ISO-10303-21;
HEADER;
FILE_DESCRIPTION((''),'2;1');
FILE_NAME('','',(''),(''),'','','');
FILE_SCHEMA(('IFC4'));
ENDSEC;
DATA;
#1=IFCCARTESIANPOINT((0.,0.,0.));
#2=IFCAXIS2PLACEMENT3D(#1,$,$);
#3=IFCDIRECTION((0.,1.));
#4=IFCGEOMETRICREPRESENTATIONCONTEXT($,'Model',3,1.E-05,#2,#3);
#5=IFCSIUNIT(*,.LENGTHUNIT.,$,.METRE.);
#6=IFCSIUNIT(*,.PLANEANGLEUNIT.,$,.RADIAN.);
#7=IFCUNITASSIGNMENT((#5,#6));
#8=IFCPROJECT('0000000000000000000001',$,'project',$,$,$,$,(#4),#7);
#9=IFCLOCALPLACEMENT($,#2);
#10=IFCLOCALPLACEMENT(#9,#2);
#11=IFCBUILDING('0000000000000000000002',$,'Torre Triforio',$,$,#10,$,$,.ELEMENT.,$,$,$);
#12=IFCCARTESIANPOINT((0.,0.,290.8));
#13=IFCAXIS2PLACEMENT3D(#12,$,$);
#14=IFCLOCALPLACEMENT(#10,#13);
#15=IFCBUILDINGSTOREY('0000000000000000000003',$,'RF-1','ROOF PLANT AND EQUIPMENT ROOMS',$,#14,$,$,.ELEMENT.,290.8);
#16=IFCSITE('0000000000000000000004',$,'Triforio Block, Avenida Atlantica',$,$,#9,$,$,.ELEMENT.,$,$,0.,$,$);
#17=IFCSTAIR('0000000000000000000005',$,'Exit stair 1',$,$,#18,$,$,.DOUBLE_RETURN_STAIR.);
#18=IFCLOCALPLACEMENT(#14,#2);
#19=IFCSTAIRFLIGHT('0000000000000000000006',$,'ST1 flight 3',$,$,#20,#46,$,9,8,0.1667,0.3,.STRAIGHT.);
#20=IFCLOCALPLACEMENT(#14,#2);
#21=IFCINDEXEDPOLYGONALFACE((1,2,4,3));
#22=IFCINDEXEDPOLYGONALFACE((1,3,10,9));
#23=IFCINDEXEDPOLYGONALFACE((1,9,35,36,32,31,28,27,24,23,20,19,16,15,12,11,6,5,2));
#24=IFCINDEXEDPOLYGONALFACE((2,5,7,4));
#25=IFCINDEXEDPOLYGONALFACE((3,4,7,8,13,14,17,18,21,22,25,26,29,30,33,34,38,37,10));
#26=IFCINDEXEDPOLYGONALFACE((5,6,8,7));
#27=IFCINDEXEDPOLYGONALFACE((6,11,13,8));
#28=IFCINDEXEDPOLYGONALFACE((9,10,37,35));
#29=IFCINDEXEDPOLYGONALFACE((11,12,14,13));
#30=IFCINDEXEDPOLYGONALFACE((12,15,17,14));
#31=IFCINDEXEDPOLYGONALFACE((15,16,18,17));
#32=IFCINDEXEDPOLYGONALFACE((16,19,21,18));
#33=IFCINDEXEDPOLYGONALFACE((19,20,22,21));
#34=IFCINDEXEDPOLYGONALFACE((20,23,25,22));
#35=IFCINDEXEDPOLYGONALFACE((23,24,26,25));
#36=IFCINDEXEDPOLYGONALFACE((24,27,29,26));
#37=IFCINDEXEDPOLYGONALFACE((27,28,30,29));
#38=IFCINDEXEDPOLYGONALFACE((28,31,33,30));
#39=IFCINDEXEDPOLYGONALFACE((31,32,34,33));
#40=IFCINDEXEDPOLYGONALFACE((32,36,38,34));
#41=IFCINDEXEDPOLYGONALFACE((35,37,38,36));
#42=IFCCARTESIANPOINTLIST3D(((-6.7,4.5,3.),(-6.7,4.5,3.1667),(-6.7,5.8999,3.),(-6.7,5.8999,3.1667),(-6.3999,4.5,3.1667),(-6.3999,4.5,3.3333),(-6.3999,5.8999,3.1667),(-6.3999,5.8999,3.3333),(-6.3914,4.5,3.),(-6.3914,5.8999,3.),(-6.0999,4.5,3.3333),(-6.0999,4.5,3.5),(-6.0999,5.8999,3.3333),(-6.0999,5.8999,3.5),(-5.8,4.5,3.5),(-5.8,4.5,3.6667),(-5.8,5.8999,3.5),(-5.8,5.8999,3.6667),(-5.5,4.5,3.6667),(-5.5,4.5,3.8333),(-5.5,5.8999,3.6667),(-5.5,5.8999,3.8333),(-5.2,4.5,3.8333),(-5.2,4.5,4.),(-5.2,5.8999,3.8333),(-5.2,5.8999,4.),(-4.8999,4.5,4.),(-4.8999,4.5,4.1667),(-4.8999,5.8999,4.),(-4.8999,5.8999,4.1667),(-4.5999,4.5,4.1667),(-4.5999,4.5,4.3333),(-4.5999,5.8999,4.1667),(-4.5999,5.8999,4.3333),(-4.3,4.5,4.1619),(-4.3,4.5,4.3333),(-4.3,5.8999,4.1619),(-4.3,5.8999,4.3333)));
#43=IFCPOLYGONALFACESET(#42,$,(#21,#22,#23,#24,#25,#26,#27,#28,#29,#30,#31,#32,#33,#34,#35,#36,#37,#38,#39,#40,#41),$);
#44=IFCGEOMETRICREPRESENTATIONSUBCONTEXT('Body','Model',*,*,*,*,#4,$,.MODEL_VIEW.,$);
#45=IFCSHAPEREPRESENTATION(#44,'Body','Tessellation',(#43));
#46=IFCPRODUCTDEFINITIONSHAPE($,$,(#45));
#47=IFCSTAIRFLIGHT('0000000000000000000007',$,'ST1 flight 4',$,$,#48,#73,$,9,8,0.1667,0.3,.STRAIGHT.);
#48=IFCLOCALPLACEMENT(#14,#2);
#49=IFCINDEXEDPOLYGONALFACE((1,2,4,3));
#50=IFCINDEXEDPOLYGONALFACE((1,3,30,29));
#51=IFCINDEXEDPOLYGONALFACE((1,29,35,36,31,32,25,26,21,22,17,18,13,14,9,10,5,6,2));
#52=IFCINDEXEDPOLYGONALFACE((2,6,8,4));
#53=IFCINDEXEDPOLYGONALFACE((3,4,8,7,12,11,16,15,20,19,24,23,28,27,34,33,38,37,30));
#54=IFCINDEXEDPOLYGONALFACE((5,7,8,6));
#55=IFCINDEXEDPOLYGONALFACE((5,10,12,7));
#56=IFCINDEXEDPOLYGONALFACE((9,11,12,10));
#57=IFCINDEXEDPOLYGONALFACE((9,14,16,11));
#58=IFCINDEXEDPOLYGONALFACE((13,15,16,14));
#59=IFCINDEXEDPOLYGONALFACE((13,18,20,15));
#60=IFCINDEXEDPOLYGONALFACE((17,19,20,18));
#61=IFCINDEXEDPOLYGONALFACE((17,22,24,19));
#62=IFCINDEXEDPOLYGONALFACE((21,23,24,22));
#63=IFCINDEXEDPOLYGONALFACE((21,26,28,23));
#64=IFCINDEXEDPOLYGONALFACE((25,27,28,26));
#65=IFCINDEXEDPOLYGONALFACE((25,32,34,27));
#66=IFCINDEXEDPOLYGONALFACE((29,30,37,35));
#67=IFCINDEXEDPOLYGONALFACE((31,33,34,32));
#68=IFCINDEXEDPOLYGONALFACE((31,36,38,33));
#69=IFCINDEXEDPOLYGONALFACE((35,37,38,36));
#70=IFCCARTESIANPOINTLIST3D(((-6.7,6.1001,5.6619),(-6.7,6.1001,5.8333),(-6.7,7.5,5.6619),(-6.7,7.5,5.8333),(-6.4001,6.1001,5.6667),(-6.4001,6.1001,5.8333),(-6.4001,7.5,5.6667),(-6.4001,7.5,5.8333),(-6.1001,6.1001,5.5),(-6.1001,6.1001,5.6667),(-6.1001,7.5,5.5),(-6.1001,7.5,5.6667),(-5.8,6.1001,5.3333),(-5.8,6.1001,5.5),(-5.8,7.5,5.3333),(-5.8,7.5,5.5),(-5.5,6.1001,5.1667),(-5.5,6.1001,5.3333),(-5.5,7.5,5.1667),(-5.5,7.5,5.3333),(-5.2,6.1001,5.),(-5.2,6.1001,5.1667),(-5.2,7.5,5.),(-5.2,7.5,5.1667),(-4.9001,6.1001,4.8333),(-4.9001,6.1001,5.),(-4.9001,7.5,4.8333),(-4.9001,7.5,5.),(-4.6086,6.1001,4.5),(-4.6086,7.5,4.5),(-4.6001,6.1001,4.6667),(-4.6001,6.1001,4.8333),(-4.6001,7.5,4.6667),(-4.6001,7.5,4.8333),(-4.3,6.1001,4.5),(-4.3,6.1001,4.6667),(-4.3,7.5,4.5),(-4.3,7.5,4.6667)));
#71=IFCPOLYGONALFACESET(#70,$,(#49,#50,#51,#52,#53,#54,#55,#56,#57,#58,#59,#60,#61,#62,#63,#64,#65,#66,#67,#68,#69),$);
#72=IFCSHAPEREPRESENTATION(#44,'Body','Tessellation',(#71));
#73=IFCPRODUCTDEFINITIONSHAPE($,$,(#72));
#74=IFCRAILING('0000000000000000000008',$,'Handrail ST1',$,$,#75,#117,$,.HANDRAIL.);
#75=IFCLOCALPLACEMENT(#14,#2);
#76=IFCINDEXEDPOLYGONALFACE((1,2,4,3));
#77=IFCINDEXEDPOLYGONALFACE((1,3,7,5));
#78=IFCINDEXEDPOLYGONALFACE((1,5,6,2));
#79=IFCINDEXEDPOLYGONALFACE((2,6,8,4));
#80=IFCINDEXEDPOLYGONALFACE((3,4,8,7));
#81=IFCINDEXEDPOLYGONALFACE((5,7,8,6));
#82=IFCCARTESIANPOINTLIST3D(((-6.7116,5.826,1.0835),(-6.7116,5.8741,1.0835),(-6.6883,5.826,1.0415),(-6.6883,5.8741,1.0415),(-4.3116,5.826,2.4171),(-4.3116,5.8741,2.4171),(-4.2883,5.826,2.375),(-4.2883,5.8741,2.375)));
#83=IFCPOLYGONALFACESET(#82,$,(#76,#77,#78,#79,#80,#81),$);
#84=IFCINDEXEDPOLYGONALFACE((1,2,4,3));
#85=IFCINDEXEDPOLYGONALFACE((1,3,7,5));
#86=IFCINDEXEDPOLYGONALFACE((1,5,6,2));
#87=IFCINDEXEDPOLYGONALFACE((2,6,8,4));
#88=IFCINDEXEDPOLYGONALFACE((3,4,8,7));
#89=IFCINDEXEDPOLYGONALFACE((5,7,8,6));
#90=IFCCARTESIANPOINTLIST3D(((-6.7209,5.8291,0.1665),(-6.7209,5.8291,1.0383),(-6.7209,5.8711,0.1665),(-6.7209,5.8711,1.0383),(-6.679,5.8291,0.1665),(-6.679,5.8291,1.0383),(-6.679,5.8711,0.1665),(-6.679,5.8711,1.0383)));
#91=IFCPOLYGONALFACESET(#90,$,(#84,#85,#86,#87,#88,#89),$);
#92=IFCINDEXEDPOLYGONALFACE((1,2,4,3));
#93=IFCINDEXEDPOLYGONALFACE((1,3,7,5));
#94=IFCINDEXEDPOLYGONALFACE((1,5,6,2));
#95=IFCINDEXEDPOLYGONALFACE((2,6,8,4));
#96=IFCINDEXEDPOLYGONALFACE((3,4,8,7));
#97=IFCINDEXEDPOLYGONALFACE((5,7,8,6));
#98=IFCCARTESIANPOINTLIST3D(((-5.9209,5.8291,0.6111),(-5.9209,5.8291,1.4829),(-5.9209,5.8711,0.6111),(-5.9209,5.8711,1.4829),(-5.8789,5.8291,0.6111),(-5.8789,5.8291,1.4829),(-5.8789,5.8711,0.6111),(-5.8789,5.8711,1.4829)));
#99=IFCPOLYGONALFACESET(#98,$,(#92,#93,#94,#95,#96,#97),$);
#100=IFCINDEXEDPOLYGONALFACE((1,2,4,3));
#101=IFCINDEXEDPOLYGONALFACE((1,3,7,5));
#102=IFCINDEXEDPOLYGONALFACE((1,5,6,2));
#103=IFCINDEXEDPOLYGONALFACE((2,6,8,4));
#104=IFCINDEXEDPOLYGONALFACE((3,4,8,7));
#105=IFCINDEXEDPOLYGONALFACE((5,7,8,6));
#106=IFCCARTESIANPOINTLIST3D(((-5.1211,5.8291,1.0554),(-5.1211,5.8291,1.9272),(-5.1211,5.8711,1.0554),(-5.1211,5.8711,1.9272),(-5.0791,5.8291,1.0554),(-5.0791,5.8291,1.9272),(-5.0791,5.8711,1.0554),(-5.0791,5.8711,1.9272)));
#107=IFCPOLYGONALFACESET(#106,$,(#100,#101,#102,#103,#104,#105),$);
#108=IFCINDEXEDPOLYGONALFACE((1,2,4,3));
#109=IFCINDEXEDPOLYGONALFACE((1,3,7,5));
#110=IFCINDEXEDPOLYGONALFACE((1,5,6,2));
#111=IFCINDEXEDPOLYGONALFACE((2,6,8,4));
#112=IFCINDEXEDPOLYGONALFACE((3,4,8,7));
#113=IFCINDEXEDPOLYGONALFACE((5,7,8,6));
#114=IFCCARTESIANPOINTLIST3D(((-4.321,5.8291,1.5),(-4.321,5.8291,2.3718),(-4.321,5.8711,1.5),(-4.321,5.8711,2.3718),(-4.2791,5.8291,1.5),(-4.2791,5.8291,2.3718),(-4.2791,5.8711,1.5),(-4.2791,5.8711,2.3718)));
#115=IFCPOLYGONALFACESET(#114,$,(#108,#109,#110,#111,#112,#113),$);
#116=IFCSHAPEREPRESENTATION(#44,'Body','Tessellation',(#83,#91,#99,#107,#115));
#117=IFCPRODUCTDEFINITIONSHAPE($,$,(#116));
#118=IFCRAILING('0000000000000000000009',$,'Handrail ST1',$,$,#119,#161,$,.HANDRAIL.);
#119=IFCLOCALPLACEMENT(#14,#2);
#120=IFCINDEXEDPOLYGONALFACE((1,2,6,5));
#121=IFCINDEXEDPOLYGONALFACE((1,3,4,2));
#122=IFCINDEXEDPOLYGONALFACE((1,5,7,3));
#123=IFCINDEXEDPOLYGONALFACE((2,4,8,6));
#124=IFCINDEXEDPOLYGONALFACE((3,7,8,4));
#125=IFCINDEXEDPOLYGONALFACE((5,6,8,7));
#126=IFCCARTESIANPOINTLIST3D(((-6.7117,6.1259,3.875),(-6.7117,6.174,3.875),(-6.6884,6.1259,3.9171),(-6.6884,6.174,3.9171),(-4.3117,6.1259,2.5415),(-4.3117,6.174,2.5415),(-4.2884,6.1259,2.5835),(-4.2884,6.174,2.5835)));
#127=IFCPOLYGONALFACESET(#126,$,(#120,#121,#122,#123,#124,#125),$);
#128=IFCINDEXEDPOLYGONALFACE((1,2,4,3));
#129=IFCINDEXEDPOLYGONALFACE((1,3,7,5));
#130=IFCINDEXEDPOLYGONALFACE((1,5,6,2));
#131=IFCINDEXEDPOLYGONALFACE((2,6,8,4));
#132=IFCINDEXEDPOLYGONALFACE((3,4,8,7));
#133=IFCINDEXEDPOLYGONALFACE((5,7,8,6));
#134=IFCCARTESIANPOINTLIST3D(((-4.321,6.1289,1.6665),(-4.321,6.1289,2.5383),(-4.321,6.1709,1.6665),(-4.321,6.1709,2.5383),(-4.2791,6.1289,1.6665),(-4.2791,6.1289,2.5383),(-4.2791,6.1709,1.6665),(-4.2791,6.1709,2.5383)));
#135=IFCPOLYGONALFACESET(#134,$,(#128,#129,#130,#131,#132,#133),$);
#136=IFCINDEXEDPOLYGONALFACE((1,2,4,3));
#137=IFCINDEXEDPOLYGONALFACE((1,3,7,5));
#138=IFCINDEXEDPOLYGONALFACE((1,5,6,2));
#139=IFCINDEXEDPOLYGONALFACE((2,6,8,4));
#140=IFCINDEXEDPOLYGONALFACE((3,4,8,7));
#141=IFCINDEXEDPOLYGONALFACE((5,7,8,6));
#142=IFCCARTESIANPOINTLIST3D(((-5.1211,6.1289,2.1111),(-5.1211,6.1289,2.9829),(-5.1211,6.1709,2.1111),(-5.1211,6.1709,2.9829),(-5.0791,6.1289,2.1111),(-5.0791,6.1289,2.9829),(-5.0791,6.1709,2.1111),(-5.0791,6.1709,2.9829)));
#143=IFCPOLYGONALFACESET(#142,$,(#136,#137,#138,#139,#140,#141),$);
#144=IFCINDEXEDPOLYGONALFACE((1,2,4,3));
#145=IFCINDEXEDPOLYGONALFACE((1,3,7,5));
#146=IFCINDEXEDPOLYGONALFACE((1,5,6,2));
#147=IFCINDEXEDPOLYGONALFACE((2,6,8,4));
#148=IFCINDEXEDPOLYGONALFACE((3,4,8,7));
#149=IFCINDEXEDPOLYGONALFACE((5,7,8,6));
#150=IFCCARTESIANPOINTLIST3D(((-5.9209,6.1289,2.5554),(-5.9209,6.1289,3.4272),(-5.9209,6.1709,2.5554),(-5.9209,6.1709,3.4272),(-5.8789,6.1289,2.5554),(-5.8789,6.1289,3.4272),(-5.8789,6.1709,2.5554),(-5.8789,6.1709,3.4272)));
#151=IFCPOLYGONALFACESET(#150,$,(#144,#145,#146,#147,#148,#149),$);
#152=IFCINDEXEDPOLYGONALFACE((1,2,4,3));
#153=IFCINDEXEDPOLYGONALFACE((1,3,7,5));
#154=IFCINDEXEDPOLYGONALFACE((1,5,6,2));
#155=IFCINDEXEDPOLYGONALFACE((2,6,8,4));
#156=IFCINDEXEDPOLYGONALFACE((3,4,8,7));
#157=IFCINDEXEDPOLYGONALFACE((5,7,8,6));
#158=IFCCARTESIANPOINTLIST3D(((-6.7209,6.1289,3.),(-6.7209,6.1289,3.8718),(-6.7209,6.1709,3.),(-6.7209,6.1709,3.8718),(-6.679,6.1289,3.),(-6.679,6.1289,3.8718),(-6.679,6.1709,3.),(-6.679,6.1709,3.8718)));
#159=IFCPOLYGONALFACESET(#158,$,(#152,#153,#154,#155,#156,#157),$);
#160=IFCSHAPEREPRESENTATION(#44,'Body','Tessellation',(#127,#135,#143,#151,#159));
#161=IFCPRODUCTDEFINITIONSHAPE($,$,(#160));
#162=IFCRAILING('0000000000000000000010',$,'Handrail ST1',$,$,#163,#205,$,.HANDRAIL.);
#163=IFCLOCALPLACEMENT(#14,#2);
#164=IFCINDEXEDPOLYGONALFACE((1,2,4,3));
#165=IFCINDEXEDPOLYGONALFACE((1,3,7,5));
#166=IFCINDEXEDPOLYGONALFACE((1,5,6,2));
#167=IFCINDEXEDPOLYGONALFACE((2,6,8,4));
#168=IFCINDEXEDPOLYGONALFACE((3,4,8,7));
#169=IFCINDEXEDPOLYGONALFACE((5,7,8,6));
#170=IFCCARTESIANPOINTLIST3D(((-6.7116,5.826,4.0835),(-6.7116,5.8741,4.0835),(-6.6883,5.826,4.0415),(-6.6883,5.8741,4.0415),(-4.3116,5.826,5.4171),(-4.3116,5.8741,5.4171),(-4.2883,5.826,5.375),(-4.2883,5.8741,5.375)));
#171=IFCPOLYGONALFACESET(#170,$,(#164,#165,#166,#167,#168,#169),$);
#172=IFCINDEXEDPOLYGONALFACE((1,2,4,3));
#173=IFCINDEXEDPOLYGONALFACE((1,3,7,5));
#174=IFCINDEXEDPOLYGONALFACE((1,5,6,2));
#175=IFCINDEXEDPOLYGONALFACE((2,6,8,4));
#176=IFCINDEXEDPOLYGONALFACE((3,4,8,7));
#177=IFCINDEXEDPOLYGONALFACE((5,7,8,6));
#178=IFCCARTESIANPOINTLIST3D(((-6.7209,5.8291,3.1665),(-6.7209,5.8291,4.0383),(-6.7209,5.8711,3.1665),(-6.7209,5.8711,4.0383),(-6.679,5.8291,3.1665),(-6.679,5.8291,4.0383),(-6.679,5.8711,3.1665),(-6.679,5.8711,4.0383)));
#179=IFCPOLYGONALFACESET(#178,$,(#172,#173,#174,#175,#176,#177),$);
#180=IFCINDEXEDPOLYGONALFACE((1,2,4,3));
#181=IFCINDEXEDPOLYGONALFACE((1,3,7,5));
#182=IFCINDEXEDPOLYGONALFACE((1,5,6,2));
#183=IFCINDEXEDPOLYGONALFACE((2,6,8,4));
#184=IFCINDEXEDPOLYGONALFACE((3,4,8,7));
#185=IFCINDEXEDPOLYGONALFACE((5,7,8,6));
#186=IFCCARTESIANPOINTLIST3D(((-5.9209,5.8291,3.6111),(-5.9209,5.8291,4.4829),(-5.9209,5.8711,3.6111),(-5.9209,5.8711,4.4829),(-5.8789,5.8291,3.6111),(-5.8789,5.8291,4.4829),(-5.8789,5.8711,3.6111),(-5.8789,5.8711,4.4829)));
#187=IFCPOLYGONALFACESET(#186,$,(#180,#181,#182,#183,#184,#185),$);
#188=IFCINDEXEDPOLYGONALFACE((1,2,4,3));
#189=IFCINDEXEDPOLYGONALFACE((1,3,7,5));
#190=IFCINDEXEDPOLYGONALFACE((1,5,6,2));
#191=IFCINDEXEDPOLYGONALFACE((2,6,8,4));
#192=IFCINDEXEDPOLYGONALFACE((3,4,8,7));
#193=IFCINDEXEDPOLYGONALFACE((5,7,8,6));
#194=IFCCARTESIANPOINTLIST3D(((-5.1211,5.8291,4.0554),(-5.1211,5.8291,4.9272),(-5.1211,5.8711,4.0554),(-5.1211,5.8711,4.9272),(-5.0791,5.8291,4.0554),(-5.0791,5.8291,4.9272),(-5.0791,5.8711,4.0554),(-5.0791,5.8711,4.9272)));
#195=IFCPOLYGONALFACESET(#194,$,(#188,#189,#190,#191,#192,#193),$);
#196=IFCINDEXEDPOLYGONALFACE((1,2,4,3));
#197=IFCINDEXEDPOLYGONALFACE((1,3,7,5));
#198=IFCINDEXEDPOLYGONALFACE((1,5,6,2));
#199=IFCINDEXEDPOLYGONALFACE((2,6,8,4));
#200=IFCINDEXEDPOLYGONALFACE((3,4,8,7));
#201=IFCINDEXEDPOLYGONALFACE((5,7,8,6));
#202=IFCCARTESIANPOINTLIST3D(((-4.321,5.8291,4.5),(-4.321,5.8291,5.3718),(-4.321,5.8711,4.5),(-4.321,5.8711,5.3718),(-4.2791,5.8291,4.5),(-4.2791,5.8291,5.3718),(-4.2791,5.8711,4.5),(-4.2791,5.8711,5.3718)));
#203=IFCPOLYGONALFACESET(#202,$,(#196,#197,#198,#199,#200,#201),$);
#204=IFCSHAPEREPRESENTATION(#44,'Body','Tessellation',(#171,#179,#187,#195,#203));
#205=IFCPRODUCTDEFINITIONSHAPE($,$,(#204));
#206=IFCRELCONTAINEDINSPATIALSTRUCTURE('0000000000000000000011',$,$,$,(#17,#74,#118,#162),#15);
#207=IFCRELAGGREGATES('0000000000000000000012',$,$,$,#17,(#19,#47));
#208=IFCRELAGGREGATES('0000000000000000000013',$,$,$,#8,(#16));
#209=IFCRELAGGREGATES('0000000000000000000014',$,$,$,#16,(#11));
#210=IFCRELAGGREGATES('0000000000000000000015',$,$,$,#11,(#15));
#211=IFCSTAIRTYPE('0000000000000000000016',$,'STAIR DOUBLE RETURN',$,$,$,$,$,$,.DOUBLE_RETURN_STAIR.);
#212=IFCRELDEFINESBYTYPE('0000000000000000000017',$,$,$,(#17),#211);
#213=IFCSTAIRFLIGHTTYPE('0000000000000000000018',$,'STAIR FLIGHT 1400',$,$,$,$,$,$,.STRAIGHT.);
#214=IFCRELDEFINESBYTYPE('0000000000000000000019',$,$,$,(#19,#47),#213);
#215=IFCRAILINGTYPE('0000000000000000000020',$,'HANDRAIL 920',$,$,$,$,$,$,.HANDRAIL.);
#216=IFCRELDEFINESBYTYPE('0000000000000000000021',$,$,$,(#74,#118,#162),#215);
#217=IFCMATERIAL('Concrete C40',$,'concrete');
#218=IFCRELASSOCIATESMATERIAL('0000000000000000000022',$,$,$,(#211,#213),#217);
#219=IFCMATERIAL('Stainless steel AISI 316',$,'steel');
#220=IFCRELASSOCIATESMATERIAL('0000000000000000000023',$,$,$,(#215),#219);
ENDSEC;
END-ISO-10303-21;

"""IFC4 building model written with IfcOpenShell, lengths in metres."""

from ifc_helpers import new_model, si_unit, direction, frame, origin, origin_2d, place, context, subcontext, project, spatial, polyline, rectangle, outline, extrude, material, type_object, element, aggregate, save


model = new_model("IFC4")

# Units and contexts
model_context = context("Model", 3, precision=1e-05, world=origin(), true_north=direction((0.0, 1.0)))
body_context = subcontext(model_context, "Body", "Model", "MODEL_VIEW")
ifc_project = project(units=[si_unit("LENGTHUNIT", "METRE"), si_unit("PLANEANGLEUNIT", "RADIAN")], contexts=[model_context])

# Site, building, storey
site_placement = place(None, origin())
site = spatial("IfcSite", under=ifc_project, at=site_placement, Name="Triforio Block, Avenida Atlantica", CompositionType="ELEMENT", RefElevation=0.0)
building_placement = place(site_placement, origin())
building = spatial("IfcBuilding", under=site, at=building_placement, Name="Torre Triforio", CompositionType="ELEMENT")
storey_placement = place(building_placement, frame((0.0, 0.0, 290.8)))
storey = spatial("IfcBuildingStorey", under=building, at=storey_placement, Name="RF-1", Description="ROOF PLANT AND EQUIPMENT ROOMS", CompositionType="ELEMENT", Elevation=290.8)

# Stair, stair flights
ifc_material_1 = material(Name="Concrete C40", Category="concrete")
stair_type = type_object("IfcStairType", Name="STAIR DOUBLE RETURN", PredefinedType="DOUBLE_RETURN_STAIR", material=ifc_material_1)
stair_placement = place(storey_placement, origin())
stair = element("IfcStair", 1, at=stair_placement, inside=storey, type_object=stair_type, Name="Exit stair 1", PredefinedType="DOUBLE_RETURN_STAIR")
stair_flight_type = type_object("IfcStairFlightType", Name="STAIR FLIGHT 1400", PredefinedType="STRAIGHT", material=ifc_material_1)
stair_flight_1_placement = place(storey_placement, frame((-6.7, 5.2, 3.0), z_axis=(0.0, 0.0, 1.0), x_axis=(1.0, 0.0, 0.0)))
stair_flight_1 = element("IfcStairFlight", 2, at=stair_flight_1_placement, type_object=stair_flight_type, Name="ST1 flight 3", NumberOfRisers=9, NumberOfTreads=8, PredefinedType="STRAIGHT", RiserHeight=0.1667, TreadLength=0.3, context=body_context, shape_type="SweptSolid", body=[
    extrude(outline(polyline([(0.0, 0.0), (0.0, 0.1667), (0.3, 0.1667), (0.3, 0.3333), (0.6001, 0.3333), (0.6001, 0.5), (0.8999, 0.5), (0.8999, 0.6667), (1.2, 0.6667), (1.2, 0.8333), (1.5, 0.8333), (1.5, 1.0), (1.8, 1.0), (1.8, 1.1667), (2.1001, 1.1667), (2.1001, 1.3333), (2.3999, 1.3333), (2.3999, 1.5), (2.3999, 1.1619), (0.3086, 0.0), (0.0, 0.0)])), frame((0.0, 0.7, 0.0), z_axis=(0.0, -1.0, 0.0), x_axis=(1.0, 0.0, 0.0)), (0.0, 0.0, 1.0), 1.3999),
])
stair_flight_2_placement = place(storey_placement, frame((-4.3, 6.8, 4.5), z_axis=(0.0, 0.0, 1.0), x_axis=(-1.0, 0.0, 0.0)))
stair_flight_2 = element("IfcStairFlight", 3, at=stair_flight_2_placement, type_object=stair_flight_type, Name="ST1 flight 4", NumberOfRisers=9, NumberOfTreads=8, PredefinedType="STRAIGHT", RiserHeight=0.1667, TreadLength=0.3, context=body_context, shape_type="SweptSolid", body=[
    extrude(outline(polyline([(0.0, 0.0), (0.0, 0.1667), (0.3, 0.1667), (0.3, 0.3333), (0.6001, 0.3333), (0.6001, 0.5), (0.8999, 0.5), (0.8999, 0.6667), (1.2, 0.6667), (1.2, 0.8333), (1.5, 0.8333), (1.5, 1.0), (1.8, 1.0), (1.8, 1.1667), (2.1001, 1.1667), (2.1001, 1.3333), (2.3999, 1.3333), (2.3999, 1.5), (2.3999, 1.1619), (0.3086, 0.0), (0.0, 0.0)])), frame((0.0, 0.7, 0.0), z_axis=(0.0, -1.0, 0.0), x_axis=(1.0, 0.0, 0.0)), (0.0, 0.0, 1.0), 1.3999),
])
aggregate(stair, [stair_flight_1, stair_flight_2])

# Railings
ifc_material_2 = material(Name="Stainless steel AISI 316", Category="steel")
railing_type = type_object("IfcRailingType", Name="HANDRAIL 920", PredefinedType="HANDRAIL", material=ifc_material_2)
railing_1_placement = place(storey_placement, frame((-6.7, 5.8501, 0.1665)))
element("IfcRailing", 4, at=railing_1_placement, inside=storey, type_object=railing_type, Name="Handrail ST1", PredefinedType="HANDRAIL", context=body_context, shape_type="SweptSolid", body=[
    extrude(rectangle(XDim=0.0481, YDim=0.0481, at=origin_2d()), frame((0.0, 0.0, 0.896), z_axis=(0.874124, 0.0, 0.485703), x_axis=(0.0, 1.0, 0.0)), (0.0, 0.0, 1.0), 2.7456),
    extrude(rectangle(XDim=0.042, YDim=0.042, at=origin_2d()), origin(), (0.0, 0.0, 1.0), 0.8718),
    extrude(rectangle(XDim=0.042, YDim=0.042, at=origin_2d()), frame((0.8, 0.0, 0.4446)), (0.0, 0.0, 1.0), 0.8718),
    extrude(rectangle(XDim=0.042, YDim=0.042, at=origin_2d()), frame((1.5999, 0.0, 0.8889)), (0.0, 0.0, 1.0), 0.8718),
    extrude(rectangle(XDim=0.042, YDim=0.042, at=origin_2d()), frame((2.3999, 0.0, 1.3335)), (0.0, 0.0, 1.0), 0.8718),
])
railing_2_placement = place(storey_placement, frame((-4.3, 6.1499, 1.6665)))
element("IfcRailing", 5, at=railing_2_placement, inside=storey, type_object=railing_type, Name="Handrail ST1", PredefinedType="HANDRAIL", context=body_context, shape_type="SweptSolid", body=[
    extrude(rectangle(XDim=0.0481, YDim=0.0481, at=origin_2d()), frame((0.0, 0.0, 0.896), z_axis=(-0.874124, 0.0, 0.485703), x_axis=(0.0, -1.0, 0.0)), (0.0, 0.0, 1.0), 2.7456),
    extrude(rectangle(XDim=0.042, YDim=0.042, at=origin_2d()), origin(), (0.0, 0.0, 1.0), 0.8718),
    extrude(rectangle(XDim=0.042, YDim=0.042, at=origin_2d()), frame((-0.8, 0.0, 0.4446)), (0.0, 0.0, 1.0), 0.8718),
    extrude(rectangle(XDim=0.042, YDim=0.042, at=origin_2d()), frame((-1.5999, 0.0, 0.8889)), (0.0, 0.0, 1.0), 0.8718),
    extrude(rectangle(XDim=0.042, YDim=0.042, at=origin_2d()), frame((-2.3999, 0.0, 1.3335)), (0.0, 0.0, 1.0), 0.8718),
])
railing_3_placement = place(storey_placement, frame((-6.7, 5.8501, 3.1665)))
element("IfcRailing", 6, at=railing_3_placement, inside=storey, type_object=railing_type, Name="Handrail ST1", PredefinedType="HANDRAIL", context=body_context, shape_type="SweptSolid", body=[
    extrude(rectangle(XDim=0.0481, YDim=0.0481, at=origin_2d()), frame((0.0, 0.0, 0.896), z_axis=(0.874124, 0.0, 0.485703), x_axis=(0.0, 1.0, 0.0)), (0.0, 0.0, 1.0), 2.7456),
    extrude(rectangle(XDim=0.042, YDim=0.042, at=origin_2d()), origin(), (0.0, 0.0, 1.0), 0.8718),
    extrude(rectangle(XDim=0.042, YDim=0.042, at=origin_2d()), frame((0.8, 0.0, 0.4446)), (0.0, 0.0, 1.0), 0.8718),
    extrude(rectangle(XDim=0.042, YDim=0.042, at=origin_2d()), frame((1.5999, 0.0, 0.8889)), (0.0, 0.0, 1.0), 0.8718),
    extrude(rectangle(XDim=0.042, YDim=0.042, at=origin_2d()), frame((2.3999, 0.0, 1.3335)), (0.0, 0.0, 1.0), 0.8718),
])

save(model, "model.ifc")
